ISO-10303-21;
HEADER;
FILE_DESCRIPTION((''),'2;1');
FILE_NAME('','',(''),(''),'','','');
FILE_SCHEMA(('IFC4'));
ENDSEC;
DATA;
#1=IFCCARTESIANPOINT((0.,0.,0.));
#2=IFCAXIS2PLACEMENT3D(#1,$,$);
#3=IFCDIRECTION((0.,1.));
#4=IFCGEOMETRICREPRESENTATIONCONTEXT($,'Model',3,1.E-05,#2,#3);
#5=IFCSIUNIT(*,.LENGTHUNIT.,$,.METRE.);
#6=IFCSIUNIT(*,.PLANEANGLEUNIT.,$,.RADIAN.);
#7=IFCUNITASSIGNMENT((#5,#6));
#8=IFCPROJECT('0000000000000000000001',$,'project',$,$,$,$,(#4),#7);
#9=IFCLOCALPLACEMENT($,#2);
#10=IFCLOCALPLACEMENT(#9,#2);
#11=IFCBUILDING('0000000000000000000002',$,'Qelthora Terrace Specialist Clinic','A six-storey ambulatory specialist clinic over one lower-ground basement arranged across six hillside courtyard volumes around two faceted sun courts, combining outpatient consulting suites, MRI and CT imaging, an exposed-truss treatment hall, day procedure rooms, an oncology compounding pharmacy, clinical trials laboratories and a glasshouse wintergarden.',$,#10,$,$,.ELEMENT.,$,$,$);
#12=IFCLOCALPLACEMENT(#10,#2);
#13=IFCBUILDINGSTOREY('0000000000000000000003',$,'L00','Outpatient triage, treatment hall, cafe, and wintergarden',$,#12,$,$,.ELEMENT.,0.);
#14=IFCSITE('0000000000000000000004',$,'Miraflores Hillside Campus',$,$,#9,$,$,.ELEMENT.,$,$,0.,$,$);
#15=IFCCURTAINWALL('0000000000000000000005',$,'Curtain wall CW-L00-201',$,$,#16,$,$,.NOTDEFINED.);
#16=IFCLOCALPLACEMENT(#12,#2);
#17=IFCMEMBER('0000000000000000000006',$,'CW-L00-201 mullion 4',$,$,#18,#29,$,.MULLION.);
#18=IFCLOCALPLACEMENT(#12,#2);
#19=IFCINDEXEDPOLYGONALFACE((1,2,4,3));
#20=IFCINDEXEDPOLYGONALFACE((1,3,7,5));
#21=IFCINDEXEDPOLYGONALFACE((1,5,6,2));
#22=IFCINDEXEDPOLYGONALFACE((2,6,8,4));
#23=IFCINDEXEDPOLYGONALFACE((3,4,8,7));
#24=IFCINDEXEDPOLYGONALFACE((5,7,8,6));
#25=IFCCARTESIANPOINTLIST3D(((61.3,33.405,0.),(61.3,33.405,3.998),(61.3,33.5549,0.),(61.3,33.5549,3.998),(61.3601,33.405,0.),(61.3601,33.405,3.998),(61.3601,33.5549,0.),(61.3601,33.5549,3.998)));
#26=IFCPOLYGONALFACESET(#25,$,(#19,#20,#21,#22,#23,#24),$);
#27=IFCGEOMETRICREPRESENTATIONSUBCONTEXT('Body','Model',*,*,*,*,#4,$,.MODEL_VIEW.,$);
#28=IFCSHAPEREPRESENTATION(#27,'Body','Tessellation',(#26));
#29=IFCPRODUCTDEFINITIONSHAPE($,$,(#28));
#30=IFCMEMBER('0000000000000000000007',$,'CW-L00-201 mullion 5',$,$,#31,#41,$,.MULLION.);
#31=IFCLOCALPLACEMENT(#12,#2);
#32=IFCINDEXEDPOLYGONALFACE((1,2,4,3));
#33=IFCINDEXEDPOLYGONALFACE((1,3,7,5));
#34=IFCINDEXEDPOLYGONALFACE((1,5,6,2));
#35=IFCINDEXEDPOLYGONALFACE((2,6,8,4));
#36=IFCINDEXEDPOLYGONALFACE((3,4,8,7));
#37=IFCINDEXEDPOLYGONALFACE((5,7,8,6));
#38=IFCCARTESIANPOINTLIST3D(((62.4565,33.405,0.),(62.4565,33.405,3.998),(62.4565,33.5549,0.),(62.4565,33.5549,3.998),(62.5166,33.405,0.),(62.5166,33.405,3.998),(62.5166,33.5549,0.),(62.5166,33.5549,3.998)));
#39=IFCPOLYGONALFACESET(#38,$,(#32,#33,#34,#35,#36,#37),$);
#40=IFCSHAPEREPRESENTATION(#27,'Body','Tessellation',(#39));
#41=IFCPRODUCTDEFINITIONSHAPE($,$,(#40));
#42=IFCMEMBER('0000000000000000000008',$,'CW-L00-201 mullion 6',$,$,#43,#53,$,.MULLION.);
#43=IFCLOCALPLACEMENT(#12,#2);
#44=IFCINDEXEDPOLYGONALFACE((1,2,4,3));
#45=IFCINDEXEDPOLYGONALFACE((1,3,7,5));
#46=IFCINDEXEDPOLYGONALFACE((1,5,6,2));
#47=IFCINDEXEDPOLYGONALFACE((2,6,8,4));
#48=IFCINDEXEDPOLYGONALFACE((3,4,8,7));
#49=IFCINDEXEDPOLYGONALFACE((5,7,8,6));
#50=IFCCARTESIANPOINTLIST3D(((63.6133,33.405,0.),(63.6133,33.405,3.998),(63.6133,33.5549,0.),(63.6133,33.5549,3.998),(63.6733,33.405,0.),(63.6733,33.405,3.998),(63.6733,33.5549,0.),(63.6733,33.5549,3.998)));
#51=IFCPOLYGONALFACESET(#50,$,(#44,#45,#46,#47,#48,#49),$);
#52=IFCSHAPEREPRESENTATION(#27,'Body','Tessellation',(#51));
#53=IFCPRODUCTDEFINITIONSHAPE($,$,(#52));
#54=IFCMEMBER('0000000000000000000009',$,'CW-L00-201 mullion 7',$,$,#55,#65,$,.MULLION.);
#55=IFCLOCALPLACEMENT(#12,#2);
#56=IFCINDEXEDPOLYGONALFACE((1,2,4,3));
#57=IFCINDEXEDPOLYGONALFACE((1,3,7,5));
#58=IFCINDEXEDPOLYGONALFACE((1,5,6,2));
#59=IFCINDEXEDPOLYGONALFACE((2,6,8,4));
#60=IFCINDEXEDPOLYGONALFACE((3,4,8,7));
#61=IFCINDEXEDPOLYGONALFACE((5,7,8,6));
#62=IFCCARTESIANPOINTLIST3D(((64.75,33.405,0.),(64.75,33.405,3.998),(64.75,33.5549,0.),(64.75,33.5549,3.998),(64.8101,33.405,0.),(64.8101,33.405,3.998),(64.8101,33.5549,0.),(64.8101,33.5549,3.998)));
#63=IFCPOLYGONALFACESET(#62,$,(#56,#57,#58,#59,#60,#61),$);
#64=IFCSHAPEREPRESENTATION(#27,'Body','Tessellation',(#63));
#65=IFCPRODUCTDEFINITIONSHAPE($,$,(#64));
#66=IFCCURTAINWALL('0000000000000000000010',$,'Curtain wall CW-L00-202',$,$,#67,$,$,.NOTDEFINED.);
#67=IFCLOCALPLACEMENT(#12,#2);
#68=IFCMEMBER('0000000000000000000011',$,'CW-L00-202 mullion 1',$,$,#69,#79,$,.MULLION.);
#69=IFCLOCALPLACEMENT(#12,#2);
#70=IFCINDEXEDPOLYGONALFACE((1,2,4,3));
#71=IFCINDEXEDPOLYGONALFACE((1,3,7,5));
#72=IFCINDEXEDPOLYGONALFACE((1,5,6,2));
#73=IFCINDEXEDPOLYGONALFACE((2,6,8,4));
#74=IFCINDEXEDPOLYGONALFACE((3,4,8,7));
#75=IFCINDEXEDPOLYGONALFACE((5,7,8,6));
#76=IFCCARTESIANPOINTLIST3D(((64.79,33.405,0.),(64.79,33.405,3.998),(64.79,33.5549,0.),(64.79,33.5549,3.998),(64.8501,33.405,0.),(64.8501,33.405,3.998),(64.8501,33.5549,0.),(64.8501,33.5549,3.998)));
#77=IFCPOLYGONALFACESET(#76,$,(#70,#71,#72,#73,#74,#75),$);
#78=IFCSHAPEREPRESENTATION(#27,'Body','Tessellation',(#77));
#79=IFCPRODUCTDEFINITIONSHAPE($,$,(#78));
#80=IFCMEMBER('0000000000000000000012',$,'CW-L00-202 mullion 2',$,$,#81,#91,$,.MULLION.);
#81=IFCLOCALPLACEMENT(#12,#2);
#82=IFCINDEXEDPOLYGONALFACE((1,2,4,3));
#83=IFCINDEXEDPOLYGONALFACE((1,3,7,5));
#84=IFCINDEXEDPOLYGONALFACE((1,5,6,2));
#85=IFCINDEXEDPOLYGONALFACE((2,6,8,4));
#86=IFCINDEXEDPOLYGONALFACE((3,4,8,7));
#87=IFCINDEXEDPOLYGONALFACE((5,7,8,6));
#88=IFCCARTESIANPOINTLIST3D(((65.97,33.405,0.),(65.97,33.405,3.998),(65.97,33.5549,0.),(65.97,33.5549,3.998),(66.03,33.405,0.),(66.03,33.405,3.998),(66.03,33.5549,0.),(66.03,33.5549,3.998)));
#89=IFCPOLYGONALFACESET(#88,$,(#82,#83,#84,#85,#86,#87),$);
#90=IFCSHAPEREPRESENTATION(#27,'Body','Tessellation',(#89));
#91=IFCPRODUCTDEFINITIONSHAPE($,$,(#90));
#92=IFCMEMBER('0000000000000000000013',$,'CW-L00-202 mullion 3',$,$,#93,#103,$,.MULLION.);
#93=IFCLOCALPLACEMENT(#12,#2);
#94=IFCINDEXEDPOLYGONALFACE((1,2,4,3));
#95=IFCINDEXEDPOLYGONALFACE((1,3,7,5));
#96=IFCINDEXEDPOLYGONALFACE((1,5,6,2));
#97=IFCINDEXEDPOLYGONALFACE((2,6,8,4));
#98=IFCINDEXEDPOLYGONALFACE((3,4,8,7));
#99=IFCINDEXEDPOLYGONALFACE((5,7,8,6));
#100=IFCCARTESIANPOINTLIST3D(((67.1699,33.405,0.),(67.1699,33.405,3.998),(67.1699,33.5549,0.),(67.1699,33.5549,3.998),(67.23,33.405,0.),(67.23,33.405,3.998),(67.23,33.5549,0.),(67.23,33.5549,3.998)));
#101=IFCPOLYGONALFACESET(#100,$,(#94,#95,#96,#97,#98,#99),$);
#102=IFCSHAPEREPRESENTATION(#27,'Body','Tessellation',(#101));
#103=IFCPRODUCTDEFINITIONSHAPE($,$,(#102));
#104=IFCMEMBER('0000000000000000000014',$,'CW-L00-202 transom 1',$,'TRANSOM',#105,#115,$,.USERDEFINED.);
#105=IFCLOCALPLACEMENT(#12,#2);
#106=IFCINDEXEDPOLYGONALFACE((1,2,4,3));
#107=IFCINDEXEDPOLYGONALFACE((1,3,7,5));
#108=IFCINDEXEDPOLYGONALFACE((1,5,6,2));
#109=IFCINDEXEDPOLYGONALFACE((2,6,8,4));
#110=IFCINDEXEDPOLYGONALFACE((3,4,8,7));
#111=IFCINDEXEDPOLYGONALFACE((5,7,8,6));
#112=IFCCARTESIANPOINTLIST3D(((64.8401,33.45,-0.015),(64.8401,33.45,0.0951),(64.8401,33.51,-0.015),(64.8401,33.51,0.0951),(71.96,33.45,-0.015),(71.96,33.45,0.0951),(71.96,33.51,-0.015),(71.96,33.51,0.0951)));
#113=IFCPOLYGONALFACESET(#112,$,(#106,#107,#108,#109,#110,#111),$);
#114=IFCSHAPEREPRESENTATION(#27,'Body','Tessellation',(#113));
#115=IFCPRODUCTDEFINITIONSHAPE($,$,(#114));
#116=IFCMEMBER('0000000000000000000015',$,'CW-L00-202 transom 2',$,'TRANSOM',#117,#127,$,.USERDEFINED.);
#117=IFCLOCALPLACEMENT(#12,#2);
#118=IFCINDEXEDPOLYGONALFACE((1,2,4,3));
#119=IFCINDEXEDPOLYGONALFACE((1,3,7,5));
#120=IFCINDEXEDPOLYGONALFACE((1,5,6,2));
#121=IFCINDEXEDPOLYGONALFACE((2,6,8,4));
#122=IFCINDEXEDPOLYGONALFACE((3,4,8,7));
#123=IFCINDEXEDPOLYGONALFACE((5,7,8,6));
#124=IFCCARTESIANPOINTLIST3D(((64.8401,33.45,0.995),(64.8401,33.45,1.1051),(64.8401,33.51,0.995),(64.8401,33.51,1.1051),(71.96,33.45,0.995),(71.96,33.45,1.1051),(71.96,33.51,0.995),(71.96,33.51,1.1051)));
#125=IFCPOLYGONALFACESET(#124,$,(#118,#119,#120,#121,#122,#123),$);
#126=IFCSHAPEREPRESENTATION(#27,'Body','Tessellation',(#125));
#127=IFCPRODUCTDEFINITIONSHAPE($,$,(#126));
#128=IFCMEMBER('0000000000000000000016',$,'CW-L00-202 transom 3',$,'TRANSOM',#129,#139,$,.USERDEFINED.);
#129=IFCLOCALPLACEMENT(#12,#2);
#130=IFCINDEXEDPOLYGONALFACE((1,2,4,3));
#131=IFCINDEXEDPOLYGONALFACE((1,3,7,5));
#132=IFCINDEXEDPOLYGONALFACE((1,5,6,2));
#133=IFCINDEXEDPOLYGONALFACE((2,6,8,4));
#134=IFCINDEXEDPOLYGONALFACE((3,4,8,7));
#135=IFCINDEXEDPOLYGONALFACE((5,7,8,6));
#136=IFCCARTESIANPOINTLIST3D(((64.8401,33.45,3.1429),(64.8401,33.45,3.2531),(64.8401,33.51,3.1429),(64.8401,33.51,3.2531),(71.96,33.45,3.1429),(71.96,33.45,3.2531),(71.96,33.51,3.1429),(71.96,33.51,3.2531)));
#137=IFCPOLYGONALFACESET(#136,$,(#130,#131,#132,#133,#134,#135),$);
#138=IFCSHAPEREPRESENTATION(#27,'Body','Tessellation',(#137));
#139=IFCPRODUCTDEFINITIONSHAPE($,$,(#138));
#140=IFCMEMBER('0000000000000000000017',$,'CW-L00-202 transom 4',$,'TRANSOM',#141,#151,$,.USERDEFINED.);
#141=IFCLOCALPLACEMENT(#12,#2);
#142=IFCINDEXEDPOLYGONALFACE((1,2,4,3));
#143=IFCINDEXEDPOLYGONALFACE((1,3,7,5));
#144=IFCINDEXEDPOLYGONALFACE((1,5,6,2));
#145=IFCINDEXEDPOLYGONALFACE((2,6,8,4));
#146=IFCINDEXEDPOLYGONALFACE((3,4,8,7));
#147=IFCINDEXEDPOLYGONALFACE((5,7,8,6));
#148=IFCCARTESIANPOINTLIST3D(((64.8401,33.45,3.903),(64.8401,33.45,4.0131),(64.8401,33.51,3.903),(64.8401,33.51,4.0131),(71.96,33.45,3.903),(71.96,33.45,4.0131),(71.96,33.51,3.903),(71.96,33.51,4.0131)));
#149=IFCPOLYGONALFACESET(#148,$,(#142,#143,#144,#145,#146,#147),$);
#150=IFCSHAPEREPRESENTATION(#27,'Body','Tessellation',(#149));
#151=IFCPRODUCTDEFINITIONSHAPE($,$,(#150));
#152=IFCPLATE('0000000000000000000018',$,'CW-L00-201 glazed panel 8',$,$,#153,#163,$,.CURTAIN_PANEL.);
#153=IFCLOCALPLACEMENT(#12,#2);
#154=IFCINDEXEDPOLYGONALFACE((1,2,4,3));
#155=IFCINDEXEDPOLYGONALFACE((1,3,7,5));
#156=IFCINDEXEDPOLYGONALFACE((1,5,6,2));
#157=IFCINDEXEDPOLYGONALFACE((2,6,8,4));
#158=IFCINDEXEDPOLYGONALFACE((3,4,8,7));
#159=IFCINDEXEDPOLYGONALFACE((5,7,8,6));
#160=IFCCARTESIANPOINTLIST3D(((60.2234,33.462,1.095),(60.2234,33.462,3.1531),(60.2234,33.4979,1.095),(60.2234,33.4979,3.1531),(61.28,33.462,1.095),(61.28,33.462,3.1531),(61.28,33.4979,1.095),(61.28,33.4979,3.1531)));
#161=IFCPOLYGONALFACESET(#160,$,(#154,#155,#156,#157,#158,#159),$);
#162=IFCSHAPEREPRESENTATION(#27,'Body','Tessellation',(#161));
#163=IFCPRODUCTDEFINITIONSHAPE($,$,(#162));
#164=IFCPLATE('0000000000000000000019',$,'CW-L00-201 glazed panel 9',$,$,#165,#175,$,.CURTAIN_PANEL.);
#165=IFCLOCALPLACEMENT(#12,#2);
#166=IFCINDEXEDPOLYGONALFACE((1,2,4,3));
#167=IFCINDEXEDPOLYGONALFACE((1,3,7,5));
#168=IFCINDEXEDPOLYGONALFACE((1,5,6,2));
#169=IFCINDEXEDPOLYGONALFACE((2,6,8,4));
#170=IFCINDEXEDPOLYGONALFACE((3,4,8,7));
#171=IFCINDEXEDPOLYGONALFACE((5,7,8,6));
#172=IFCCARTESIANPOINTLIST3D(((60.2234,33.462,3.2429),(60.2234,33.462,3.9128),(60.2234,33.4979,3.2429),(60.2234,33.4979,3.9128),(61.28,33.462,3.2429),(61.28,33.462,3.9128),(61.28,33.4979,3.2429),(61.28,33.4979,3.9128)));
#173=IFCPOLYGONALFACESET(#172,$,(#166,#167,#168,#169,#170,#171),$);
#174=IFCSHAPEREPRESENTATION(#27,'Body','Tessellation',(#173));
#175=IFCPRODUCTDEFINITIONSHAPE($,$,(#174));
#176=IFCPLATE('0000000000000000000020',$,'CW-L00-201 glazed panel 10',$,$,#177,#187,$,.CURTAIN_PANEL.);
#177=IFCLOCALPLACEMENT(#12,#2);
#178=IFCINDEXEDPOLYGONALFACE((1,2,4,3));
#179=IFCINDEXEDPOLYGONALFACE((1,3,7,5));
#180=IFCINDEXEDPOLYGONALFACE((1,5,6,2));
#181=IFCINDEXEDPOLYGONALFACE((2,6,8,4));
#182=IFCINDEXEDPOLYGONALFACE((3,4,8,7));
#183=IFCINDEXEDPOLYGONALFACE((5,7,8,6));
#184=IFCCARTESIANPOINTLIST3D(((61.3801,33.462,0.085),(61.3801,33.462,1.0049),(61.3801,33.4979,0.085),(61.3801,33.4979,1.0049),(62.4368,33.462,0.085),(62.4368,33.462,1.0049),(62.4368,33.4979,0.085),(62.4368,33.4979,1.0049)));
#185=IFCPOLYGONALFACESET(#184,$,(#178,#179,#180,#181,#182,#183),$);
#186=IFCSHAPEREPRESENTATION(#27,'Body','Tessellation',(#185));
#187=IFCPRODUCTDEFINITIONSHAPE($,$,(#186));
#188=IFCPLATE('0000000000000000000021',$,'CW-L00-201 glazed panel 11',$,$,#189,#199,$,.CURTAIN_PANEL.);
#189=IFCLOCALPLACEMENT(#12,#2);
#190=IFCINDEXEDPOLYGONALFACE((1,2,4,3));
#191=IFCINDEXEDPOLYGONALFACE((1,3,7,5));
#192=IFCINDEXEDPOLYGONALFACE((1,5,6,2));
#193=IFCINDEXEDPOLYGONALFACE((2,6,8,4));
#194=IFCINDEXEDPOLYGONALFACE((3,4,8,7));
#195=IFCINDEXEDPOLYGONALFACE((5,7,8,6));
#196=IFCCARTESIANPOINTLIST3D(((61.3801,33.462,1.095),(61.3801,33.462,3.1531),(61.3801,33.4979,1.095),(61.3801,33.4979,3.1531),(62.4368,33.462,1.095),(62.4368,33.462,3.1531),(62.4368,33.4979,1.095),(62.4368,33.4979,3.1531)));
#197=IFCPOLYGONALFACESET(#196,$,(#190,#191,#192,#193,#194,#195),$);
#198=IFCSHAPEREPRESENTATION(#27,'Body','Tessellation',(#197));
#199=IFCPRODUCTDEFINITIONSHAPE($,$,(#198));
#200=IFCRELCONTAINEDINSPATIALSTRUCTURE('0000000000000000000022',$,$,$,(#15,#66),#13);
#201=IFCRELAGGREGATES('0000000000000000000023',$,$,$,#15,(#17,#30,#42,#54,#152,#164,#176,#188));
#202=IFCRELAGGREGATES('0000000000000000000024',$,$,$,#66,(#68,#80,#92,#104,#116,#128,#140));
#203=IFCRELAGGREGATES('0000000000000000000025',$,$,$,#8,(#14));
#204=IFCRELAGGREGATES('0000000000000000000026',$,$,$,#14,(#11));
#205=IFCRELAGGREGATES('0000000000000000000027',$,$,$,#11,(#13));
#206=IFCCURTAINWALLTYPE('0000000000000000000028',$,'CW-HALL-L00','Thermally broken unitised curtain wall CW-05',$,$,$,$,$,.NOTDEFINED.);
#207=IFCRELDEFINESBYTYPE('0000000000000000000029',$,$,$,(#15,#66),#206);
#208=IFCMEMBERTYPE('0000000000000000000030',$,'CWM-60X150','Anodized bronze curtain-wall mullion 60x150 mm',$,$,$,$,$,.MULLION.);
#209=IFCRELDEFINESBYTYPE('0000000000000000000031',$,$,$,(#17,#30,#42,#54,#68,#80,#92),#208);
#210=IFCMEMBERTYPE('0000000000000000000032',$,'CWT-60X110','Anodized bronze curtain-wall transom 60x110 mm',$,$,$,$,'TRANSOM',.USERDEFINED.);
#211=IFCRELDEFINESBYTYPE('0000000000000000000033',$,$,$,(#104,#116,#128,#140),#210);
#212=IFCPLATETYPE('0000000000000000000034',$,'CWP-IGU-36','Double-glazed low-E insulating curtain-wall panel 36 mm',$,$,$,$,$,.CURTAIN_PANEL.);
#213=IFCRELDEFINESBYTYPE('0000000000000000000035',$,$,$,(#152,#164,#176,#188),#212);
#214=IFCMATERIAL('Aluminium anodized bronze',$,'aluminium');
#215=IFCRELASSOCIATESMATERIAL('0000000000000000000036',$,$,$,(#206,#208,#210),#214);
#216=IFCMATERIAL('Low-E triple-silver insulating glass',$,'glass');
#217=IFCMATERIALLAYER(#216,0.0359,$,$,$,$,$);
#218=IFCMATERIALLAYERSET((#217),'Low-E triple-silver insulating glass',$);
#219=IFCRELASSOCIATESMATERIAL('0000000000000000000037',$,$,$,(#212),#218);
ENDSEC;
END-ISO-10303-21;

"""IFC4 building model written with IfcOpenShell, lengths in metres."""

from ifc_helpers import new_model, si_unit, direction, frame, origin, origin_2d, place, context, subcontext, project, spatial, rectangle, extrude, material, layer, layer_set, material_profile, profile_set, type_object, element, aggregate, save


model = new_model("IFC4")

# Units and contexts
model_context = context("Model", 3, precision=1e-05, world=origin(), true_north=direction((0.0, 1.0)))
body_context = subcontext(model_context, "Body", "Model", "MODEL_VIEW")
ifc_project = project(units=[si_unit("LENGTHUNIT", "METRE"), si_unit("PLANEANGLEUNIT", "RADIAN")], contexts=[model_context])

# Site, building, storey
site_placement = place(None, origin())
site = spatial("IfcSite", under=ifc_project, at=site_placement, Name="Miraflores Hillside Campus", CompositionType="ELEMENT", RefElevation=0.0)
building_placement = place(site_placement, origin())
building = spatial("IfcBuilding", under=site, at=building_placement, Name="Qelthora Terrace Specialist Clinic", Description="A six-storey ambulatory specialist clinic over one lower-ground basement arranged across six hillside courtyard volumes around two faceted sun courts, combining outpatient consulting suites, MRI and CT imaging, an exposed-truss treatment hall, day procedure rooms, an oncology compounding pharmacy, clinical trials laboratories and a glasshouse wintergarden.", CompositionType="ELEMENT")
storey_placement = place(building_placement, origin())
storey = spatial("IfcBuildingStorey", under=building, at=storey_placement, Name="L00", Description="Outpatient triage, treatment hall, cafe, and wintergarden", CompositionType="ELEMENT", Elevation=0.0)

# Curtain walls, members
ifc_material_1 = material(Name="Aluminium anodized bronze", Category="aluminium")
curtain_wall_type = type_object("IfcCurtainWallType", Name="CW-HALL-L00", Description="Thermally broken unitised curtain wall CW-05", PredefinedType="NOTDEFINED", material=ifc_material_1)
curtain_wall_1_placement = place(storey_placement, origin())
curtain_wall_1 = element("IfcCurtainWall", 1, at=curtain_wall_1_placement, inside=storey, type_object=curtain_wall_type, Name="Curtain wall CW-L00-201", PredefinedType="NOTDEFINED")
ifc_material_profile_1 = material_profile(ifc_material_1, rectangle(XDim=0.0601, YDim=0.1499, at=origin_2d()), Name="CWM60X150")
ifc_profile_set_1 = profile_set([ifc_material_profile_1], Name="Aluminium anodized bronze")
member_type_1 = type_object("IfcMemberType", Name="CWM-60X150", Description="Anodized bronze curtain-wall mullion 60x150 mm", PredefinedType="MULLION", material=ifc_profile_set_1)
member_1_placement = place(storey_placement, frame((61.3301, 33.48, 0.0), z_axis=(0.0, 0.0, 1.0), x_axis=(1.0, 0.0, 0.0)))
member_1 = element("IfcMember", 2, at=member_1_placement, type_object=member_type_1, Name="CW-L00-201 mullion 4", PredefinedType="MULLION", context=body_context, shape_type="SweptSolid", body=[
    extrude(rectangle(XDim=0.0601, YDim=0.1499, at=origin_2d()), origin(), (0.0, 0.0, 1.0), 3.998),
])
member_2_placement = place(storey_placement, frame((62.4866, 33.48, 0.0), z_axis=(0.0, 0.0, 1.0), x_axis=(1.0, 0.0, 0.0)))
member_2 = element("IfcMember", 3, at=member_2_placement, type_object=member_type_1, Name="CW-L00-201 mullion 5", PredefinedType="MULLION", context=body_context, shape_type="SweptSolid", body=[
    extrude(rectangle(XDim=0.0601, YDim=0.1499, at=origin_2d()), origin(), (0.0, 0.0, 1.0), 3.998),
])
member_3_placement = place(storey_placement, frame((63.6433, 33.48, 0.0), z_axis=(0.0, 0.0, 1.0), x_axis=(1.0, 0.0, 0.0)))
member_3 = element("IfcMember", 4, at=member_3_placement, type_object=member_type_1, Name="CW-L00-201 mullion 6", PredefinedType="MULLION", context=body_context, shape_type="SweptSolid", body=[
    extrude(rectangle(XDim=0.0601, YDim=0.1499, at=origin_2d()), origin(), (0.0, 0.0, 1.0), 3.998),
])
member_4_placement = place(storey_placement, frame((64.78, 33.48, 0.0), z_axis=(0.0, 0.0, 1.0), x_axis=(1.0, 0.0, 0.0)))
member_4 = element("IfcMember", 5, at=member_4_placement, type_object=member_type_1, Name="CW-L00-201 mullion 7", PredefinedType="MULLION", context=body_context, shape_type="SweptSolid", body=[
    extrude(rectangle(XDim=0.0601, YDim=0.1499, at=origin_2d()), origin(), (0.0, 0.0, 1.0), 3.998),
])
curtain_wall_2_placement = place(storey_placement, origin())
curtain_wall_2 = element("IfcCurtainWall", 6, at=curtain_wall_2_placement, inside=storey, type_object=curtain_wall_type, Name="Curtain wall CW-L00-202", PredefinedType="NOTDEFINED")
member_5_placement = place(storey_placement, frame((64.8201, 33.48, 0.0), z_axis=(0.0, 0.0, 1.0), x_axis=(1.0, 0.0, 0.0)))
member_5 = element("IfcMember", 7, at=member_5_placement, type_object=member_type_1, Name="CW-L00-202 mullion 1", PredefinedType="MULLION", context=body_context, shape_type="SweptSolid", body=[
    extrude(rectangle(XDim=0.0601, YDim=0.1499, at=origin_2d()), origin(), (0.0, 0.0, 1.0), 3.998),
])
member_6_placement = place(storey_placement, frame((66.0, 33.48, 0.0), z_axis=(0.0, 0.0, 1.0), x_axis=(1.0, 0.0, 0.0)))
member_6 = element("IfcMember", 8, at=member_6_placement, type_object=member_type_1, Name="CW-L00-202 mullion 2", PredefinedType="MULLION", context=body_context, shape_type="SweptSolid", body=[
    extrude(rectangle(XDim=0.0601, YDim=0.1499, at=origin_2d()), origin(), (0.0, 0.0, 1.0), 3.998),
])
member_7_placement = place(storey_placement, frame((67.2, 33.48, 0.0), z_axis=(0.0, 0.0, 1.0), x_axis=(1.0, 0.0, 0.0)))
member_7 = element("IfcMember", 9, at=member_7_placement, type_object=member_type_1, Name="CW-L00-202 mullion 3", PredefinedType="MULLION", context=body_context, shape_type="SweptSolid", body=[
    extrude(rectangle(XDim=0.0601, YDim=0.1499, at=origin_2d()), origin(), (0.0, 0.0, 1.0), 3.998),
])
ifc_material_profile_2 = material_profile(ifc_material_1, rectangle(XDim=0.0601, YDim=0.1101, at=origin_2d()), Name="CWT60X110")
ifc_profile_set_2 = profile_set([ifc_material_profile_2], Name="Aluminium anodized bronze")
member_type_2 = type_object("IfcMemberType", Name="CWT-60X110", Description="Anodized bronze curtain-wall transom 60x110 mm", ElementType="TRANSOM", PredefinedType="USERDEFINED", material=ifc_profile_set_2)
member_8_placement = place(storey_placement, frame((64.8401, 33.48, 0.04), z_axis=(1.0, 0.0, 0.0), x_axis=(0.0, 1.0, 0.0)))
member_8 = element("IfcMember", 10, at=member_8_placement, type_object=member_type_2, Name="CW-L00-202 transom 1", ObjectType="TRANSOM", PredefinedType="USERDEFINED", context=body_context, shape_type="SweptSolid", body=[
    extrude(rectangle(XDim=0.0601, YDim=0.1101, at=origin_2d()), origin(), (0.0, 0.0, 1.0), 7.1199),
])
member_9_placement = place(storey_placement, frame((64.8401, 33.48, 1.05), z_axis=(1.0, 0.0, 0.0), x_axis=(0.0, 1.0, 0.0)))
member_9 = element("IfcMember", 11, at=member_9_placement, type_object=member_type_2, Name="CW-L00-202 transom 2", ObjectType="TRANSOM", PredefinedType="USERDEFINED", context=body_context, shape_type="SweptSolid", body=[
    extrude(rectangle(XDim=0.0601, YDim=0.1101, at=origin_2d()), origin(), (0.0, 0.0, 1.0), 7.1199),
])
member_10_placement = place(storey_placement, frame((64.8401, 33.48, 3.198), z_axis=(1.0, 0.0, 0.0), x_axis=(0.0, 1.0, 0.0)))
member_10 = element("IfcMember", 12, at=member_10_placement, type_object=member_type_2, Name="CW-L00-202 transom 3", ObjectType="TRANSOM", PredefinedType="USERDEFINED", context=body_context, shape_type="SweptSolid", body=[
    extrude(rectangle(XDim=0.0601, YDim=0.1101, at=origin_2d()), origin(), (0.0, 0.0, 1.0), 7.1199),
])
member_11_placement = place(storey_placement, frame((64.8401, 33.48, 3.958), z_axis=(1.0, 0.0, 0.0), x_axis=(0.0, 1.0, 0.0)))
member_11 = element("IfcMember", 13, at=member_11_placement, type_object=member_type_2, Name="CW-L00-202 transom 4", ObjectType="TRANSOM", PredefinedType="USERDEFINED", context=body_context, shape_type="SweptSolid", body=[
    extrude(rectangle(XDim=0.0601, YDim=0.1101, at=origin_2d()), origin(), (0.0, 0.0, 1.0), 7.1199),
])

# Plates
ifc_material_2 = material(Name="Low-E triple-silver insulating glass", Category="glass")
ifc_layer = layer(ifc_material_2, 0.0359)
ifc_layer_set = layer_set([ifc_layer], Name="Low-E triple-silver insulating glass")
plate_type = type_object("IfcPlateType", Name="CWP-IGU-36", Description="Double-glazed low-E insulating curtain-wall panel 36 mm", PredefinedType="CURTAIN_PANEL", material=ifc_layer_set)
plate_1_placement = place(storey_placement, frame((60.7517, 33.48, 1.095), z_axis=(0.0, 0.0, 1.0), x_axis=(1.0, 0.0, 0.0)))
plate_1 = element("IfcPlate", 14, at=plate_1_placement, type_object=plate_type, Name="CW-L00-201 glazed panel 8", PredefinedType="CURTAIN_PANEL", context=body_context, shape_type="SweptSolid", body=[
    extrude(rectangle(XDim=1.0566, YDim=0.0359, at=origin_2d()), origin(), (0.0, 0.0, 1.0), 2.0581),
])
plate_2_placement = place(storey_placement, frame((60.7517, 33.48, 3.2429), z_axis=(0.0, 0.0, 1.0), x_axis=(1.0, 0.0, 0.0)))
plate_2 = element("IfcPlate", 15, at=plate_2_placement, type_object=plate_type, Name="CW-L00-201 glazed panel 9", PredefinedType="CURTAIN_PANEL", context=body_context, shape_type="SweptSolid", body=[
    extrude(rectangle(XDim=1.0566, YDim=0.0359, at=origin_2d()), origin(), (0.0, 0.0, 1.0), 0.6699),
])
plate_3_placement = place(storey_placement, frame((61.9084, 33.48, 0.085), z_axis=(0.0, 0.0, 1.0), x_axis=(1.0, 0.0, 0.0)))
plate_3 = element("IfcPlate", 16, at=plate_3_placement, type_object=plate_type, Name="CW-L00-201 glazed panel 10", PredefinedType="CURTAIN_PANEL", context=body_context, shape_type="SweptSolid", body=[
    extrude(rectangle(XDim=1.0566, YDim=0.0359, at=origin_2d()), origin(), (0.0, 0.0, 1.0), 0.9199),
])
plate_4_placement = place(storey_placement, frame((61.9084, 33.48, 1.095), z_axis=(0.0, 0.0, 1.0), x_axis=(1.0, 0.0, 0.0)))
plate_4 = element("IfcPlate", 17, at=plate_4_placement, type_object=plate_type, Name="CW-L00-201 glazed panel 11", PredefinedType="CURTAIN_PANEL", context=body_context, shape_type="SweptSolid", body=[
    extrude(rectangle(XDim=1.0566, YDim=0.0359, at=origin_2d()), origin(), (0.0, 0.0, 1.0), 2.0581),
])
aggregate(curtain_wall_1, [member_1, member_2, member_3, member_4, plate_1, plate_2, plate_3, plate_4])
aggregate(curtain_wall_2, [member_5, member_6, member_7, member_8, member_9, member_10, member_11])

save(model, "model.ifc")
